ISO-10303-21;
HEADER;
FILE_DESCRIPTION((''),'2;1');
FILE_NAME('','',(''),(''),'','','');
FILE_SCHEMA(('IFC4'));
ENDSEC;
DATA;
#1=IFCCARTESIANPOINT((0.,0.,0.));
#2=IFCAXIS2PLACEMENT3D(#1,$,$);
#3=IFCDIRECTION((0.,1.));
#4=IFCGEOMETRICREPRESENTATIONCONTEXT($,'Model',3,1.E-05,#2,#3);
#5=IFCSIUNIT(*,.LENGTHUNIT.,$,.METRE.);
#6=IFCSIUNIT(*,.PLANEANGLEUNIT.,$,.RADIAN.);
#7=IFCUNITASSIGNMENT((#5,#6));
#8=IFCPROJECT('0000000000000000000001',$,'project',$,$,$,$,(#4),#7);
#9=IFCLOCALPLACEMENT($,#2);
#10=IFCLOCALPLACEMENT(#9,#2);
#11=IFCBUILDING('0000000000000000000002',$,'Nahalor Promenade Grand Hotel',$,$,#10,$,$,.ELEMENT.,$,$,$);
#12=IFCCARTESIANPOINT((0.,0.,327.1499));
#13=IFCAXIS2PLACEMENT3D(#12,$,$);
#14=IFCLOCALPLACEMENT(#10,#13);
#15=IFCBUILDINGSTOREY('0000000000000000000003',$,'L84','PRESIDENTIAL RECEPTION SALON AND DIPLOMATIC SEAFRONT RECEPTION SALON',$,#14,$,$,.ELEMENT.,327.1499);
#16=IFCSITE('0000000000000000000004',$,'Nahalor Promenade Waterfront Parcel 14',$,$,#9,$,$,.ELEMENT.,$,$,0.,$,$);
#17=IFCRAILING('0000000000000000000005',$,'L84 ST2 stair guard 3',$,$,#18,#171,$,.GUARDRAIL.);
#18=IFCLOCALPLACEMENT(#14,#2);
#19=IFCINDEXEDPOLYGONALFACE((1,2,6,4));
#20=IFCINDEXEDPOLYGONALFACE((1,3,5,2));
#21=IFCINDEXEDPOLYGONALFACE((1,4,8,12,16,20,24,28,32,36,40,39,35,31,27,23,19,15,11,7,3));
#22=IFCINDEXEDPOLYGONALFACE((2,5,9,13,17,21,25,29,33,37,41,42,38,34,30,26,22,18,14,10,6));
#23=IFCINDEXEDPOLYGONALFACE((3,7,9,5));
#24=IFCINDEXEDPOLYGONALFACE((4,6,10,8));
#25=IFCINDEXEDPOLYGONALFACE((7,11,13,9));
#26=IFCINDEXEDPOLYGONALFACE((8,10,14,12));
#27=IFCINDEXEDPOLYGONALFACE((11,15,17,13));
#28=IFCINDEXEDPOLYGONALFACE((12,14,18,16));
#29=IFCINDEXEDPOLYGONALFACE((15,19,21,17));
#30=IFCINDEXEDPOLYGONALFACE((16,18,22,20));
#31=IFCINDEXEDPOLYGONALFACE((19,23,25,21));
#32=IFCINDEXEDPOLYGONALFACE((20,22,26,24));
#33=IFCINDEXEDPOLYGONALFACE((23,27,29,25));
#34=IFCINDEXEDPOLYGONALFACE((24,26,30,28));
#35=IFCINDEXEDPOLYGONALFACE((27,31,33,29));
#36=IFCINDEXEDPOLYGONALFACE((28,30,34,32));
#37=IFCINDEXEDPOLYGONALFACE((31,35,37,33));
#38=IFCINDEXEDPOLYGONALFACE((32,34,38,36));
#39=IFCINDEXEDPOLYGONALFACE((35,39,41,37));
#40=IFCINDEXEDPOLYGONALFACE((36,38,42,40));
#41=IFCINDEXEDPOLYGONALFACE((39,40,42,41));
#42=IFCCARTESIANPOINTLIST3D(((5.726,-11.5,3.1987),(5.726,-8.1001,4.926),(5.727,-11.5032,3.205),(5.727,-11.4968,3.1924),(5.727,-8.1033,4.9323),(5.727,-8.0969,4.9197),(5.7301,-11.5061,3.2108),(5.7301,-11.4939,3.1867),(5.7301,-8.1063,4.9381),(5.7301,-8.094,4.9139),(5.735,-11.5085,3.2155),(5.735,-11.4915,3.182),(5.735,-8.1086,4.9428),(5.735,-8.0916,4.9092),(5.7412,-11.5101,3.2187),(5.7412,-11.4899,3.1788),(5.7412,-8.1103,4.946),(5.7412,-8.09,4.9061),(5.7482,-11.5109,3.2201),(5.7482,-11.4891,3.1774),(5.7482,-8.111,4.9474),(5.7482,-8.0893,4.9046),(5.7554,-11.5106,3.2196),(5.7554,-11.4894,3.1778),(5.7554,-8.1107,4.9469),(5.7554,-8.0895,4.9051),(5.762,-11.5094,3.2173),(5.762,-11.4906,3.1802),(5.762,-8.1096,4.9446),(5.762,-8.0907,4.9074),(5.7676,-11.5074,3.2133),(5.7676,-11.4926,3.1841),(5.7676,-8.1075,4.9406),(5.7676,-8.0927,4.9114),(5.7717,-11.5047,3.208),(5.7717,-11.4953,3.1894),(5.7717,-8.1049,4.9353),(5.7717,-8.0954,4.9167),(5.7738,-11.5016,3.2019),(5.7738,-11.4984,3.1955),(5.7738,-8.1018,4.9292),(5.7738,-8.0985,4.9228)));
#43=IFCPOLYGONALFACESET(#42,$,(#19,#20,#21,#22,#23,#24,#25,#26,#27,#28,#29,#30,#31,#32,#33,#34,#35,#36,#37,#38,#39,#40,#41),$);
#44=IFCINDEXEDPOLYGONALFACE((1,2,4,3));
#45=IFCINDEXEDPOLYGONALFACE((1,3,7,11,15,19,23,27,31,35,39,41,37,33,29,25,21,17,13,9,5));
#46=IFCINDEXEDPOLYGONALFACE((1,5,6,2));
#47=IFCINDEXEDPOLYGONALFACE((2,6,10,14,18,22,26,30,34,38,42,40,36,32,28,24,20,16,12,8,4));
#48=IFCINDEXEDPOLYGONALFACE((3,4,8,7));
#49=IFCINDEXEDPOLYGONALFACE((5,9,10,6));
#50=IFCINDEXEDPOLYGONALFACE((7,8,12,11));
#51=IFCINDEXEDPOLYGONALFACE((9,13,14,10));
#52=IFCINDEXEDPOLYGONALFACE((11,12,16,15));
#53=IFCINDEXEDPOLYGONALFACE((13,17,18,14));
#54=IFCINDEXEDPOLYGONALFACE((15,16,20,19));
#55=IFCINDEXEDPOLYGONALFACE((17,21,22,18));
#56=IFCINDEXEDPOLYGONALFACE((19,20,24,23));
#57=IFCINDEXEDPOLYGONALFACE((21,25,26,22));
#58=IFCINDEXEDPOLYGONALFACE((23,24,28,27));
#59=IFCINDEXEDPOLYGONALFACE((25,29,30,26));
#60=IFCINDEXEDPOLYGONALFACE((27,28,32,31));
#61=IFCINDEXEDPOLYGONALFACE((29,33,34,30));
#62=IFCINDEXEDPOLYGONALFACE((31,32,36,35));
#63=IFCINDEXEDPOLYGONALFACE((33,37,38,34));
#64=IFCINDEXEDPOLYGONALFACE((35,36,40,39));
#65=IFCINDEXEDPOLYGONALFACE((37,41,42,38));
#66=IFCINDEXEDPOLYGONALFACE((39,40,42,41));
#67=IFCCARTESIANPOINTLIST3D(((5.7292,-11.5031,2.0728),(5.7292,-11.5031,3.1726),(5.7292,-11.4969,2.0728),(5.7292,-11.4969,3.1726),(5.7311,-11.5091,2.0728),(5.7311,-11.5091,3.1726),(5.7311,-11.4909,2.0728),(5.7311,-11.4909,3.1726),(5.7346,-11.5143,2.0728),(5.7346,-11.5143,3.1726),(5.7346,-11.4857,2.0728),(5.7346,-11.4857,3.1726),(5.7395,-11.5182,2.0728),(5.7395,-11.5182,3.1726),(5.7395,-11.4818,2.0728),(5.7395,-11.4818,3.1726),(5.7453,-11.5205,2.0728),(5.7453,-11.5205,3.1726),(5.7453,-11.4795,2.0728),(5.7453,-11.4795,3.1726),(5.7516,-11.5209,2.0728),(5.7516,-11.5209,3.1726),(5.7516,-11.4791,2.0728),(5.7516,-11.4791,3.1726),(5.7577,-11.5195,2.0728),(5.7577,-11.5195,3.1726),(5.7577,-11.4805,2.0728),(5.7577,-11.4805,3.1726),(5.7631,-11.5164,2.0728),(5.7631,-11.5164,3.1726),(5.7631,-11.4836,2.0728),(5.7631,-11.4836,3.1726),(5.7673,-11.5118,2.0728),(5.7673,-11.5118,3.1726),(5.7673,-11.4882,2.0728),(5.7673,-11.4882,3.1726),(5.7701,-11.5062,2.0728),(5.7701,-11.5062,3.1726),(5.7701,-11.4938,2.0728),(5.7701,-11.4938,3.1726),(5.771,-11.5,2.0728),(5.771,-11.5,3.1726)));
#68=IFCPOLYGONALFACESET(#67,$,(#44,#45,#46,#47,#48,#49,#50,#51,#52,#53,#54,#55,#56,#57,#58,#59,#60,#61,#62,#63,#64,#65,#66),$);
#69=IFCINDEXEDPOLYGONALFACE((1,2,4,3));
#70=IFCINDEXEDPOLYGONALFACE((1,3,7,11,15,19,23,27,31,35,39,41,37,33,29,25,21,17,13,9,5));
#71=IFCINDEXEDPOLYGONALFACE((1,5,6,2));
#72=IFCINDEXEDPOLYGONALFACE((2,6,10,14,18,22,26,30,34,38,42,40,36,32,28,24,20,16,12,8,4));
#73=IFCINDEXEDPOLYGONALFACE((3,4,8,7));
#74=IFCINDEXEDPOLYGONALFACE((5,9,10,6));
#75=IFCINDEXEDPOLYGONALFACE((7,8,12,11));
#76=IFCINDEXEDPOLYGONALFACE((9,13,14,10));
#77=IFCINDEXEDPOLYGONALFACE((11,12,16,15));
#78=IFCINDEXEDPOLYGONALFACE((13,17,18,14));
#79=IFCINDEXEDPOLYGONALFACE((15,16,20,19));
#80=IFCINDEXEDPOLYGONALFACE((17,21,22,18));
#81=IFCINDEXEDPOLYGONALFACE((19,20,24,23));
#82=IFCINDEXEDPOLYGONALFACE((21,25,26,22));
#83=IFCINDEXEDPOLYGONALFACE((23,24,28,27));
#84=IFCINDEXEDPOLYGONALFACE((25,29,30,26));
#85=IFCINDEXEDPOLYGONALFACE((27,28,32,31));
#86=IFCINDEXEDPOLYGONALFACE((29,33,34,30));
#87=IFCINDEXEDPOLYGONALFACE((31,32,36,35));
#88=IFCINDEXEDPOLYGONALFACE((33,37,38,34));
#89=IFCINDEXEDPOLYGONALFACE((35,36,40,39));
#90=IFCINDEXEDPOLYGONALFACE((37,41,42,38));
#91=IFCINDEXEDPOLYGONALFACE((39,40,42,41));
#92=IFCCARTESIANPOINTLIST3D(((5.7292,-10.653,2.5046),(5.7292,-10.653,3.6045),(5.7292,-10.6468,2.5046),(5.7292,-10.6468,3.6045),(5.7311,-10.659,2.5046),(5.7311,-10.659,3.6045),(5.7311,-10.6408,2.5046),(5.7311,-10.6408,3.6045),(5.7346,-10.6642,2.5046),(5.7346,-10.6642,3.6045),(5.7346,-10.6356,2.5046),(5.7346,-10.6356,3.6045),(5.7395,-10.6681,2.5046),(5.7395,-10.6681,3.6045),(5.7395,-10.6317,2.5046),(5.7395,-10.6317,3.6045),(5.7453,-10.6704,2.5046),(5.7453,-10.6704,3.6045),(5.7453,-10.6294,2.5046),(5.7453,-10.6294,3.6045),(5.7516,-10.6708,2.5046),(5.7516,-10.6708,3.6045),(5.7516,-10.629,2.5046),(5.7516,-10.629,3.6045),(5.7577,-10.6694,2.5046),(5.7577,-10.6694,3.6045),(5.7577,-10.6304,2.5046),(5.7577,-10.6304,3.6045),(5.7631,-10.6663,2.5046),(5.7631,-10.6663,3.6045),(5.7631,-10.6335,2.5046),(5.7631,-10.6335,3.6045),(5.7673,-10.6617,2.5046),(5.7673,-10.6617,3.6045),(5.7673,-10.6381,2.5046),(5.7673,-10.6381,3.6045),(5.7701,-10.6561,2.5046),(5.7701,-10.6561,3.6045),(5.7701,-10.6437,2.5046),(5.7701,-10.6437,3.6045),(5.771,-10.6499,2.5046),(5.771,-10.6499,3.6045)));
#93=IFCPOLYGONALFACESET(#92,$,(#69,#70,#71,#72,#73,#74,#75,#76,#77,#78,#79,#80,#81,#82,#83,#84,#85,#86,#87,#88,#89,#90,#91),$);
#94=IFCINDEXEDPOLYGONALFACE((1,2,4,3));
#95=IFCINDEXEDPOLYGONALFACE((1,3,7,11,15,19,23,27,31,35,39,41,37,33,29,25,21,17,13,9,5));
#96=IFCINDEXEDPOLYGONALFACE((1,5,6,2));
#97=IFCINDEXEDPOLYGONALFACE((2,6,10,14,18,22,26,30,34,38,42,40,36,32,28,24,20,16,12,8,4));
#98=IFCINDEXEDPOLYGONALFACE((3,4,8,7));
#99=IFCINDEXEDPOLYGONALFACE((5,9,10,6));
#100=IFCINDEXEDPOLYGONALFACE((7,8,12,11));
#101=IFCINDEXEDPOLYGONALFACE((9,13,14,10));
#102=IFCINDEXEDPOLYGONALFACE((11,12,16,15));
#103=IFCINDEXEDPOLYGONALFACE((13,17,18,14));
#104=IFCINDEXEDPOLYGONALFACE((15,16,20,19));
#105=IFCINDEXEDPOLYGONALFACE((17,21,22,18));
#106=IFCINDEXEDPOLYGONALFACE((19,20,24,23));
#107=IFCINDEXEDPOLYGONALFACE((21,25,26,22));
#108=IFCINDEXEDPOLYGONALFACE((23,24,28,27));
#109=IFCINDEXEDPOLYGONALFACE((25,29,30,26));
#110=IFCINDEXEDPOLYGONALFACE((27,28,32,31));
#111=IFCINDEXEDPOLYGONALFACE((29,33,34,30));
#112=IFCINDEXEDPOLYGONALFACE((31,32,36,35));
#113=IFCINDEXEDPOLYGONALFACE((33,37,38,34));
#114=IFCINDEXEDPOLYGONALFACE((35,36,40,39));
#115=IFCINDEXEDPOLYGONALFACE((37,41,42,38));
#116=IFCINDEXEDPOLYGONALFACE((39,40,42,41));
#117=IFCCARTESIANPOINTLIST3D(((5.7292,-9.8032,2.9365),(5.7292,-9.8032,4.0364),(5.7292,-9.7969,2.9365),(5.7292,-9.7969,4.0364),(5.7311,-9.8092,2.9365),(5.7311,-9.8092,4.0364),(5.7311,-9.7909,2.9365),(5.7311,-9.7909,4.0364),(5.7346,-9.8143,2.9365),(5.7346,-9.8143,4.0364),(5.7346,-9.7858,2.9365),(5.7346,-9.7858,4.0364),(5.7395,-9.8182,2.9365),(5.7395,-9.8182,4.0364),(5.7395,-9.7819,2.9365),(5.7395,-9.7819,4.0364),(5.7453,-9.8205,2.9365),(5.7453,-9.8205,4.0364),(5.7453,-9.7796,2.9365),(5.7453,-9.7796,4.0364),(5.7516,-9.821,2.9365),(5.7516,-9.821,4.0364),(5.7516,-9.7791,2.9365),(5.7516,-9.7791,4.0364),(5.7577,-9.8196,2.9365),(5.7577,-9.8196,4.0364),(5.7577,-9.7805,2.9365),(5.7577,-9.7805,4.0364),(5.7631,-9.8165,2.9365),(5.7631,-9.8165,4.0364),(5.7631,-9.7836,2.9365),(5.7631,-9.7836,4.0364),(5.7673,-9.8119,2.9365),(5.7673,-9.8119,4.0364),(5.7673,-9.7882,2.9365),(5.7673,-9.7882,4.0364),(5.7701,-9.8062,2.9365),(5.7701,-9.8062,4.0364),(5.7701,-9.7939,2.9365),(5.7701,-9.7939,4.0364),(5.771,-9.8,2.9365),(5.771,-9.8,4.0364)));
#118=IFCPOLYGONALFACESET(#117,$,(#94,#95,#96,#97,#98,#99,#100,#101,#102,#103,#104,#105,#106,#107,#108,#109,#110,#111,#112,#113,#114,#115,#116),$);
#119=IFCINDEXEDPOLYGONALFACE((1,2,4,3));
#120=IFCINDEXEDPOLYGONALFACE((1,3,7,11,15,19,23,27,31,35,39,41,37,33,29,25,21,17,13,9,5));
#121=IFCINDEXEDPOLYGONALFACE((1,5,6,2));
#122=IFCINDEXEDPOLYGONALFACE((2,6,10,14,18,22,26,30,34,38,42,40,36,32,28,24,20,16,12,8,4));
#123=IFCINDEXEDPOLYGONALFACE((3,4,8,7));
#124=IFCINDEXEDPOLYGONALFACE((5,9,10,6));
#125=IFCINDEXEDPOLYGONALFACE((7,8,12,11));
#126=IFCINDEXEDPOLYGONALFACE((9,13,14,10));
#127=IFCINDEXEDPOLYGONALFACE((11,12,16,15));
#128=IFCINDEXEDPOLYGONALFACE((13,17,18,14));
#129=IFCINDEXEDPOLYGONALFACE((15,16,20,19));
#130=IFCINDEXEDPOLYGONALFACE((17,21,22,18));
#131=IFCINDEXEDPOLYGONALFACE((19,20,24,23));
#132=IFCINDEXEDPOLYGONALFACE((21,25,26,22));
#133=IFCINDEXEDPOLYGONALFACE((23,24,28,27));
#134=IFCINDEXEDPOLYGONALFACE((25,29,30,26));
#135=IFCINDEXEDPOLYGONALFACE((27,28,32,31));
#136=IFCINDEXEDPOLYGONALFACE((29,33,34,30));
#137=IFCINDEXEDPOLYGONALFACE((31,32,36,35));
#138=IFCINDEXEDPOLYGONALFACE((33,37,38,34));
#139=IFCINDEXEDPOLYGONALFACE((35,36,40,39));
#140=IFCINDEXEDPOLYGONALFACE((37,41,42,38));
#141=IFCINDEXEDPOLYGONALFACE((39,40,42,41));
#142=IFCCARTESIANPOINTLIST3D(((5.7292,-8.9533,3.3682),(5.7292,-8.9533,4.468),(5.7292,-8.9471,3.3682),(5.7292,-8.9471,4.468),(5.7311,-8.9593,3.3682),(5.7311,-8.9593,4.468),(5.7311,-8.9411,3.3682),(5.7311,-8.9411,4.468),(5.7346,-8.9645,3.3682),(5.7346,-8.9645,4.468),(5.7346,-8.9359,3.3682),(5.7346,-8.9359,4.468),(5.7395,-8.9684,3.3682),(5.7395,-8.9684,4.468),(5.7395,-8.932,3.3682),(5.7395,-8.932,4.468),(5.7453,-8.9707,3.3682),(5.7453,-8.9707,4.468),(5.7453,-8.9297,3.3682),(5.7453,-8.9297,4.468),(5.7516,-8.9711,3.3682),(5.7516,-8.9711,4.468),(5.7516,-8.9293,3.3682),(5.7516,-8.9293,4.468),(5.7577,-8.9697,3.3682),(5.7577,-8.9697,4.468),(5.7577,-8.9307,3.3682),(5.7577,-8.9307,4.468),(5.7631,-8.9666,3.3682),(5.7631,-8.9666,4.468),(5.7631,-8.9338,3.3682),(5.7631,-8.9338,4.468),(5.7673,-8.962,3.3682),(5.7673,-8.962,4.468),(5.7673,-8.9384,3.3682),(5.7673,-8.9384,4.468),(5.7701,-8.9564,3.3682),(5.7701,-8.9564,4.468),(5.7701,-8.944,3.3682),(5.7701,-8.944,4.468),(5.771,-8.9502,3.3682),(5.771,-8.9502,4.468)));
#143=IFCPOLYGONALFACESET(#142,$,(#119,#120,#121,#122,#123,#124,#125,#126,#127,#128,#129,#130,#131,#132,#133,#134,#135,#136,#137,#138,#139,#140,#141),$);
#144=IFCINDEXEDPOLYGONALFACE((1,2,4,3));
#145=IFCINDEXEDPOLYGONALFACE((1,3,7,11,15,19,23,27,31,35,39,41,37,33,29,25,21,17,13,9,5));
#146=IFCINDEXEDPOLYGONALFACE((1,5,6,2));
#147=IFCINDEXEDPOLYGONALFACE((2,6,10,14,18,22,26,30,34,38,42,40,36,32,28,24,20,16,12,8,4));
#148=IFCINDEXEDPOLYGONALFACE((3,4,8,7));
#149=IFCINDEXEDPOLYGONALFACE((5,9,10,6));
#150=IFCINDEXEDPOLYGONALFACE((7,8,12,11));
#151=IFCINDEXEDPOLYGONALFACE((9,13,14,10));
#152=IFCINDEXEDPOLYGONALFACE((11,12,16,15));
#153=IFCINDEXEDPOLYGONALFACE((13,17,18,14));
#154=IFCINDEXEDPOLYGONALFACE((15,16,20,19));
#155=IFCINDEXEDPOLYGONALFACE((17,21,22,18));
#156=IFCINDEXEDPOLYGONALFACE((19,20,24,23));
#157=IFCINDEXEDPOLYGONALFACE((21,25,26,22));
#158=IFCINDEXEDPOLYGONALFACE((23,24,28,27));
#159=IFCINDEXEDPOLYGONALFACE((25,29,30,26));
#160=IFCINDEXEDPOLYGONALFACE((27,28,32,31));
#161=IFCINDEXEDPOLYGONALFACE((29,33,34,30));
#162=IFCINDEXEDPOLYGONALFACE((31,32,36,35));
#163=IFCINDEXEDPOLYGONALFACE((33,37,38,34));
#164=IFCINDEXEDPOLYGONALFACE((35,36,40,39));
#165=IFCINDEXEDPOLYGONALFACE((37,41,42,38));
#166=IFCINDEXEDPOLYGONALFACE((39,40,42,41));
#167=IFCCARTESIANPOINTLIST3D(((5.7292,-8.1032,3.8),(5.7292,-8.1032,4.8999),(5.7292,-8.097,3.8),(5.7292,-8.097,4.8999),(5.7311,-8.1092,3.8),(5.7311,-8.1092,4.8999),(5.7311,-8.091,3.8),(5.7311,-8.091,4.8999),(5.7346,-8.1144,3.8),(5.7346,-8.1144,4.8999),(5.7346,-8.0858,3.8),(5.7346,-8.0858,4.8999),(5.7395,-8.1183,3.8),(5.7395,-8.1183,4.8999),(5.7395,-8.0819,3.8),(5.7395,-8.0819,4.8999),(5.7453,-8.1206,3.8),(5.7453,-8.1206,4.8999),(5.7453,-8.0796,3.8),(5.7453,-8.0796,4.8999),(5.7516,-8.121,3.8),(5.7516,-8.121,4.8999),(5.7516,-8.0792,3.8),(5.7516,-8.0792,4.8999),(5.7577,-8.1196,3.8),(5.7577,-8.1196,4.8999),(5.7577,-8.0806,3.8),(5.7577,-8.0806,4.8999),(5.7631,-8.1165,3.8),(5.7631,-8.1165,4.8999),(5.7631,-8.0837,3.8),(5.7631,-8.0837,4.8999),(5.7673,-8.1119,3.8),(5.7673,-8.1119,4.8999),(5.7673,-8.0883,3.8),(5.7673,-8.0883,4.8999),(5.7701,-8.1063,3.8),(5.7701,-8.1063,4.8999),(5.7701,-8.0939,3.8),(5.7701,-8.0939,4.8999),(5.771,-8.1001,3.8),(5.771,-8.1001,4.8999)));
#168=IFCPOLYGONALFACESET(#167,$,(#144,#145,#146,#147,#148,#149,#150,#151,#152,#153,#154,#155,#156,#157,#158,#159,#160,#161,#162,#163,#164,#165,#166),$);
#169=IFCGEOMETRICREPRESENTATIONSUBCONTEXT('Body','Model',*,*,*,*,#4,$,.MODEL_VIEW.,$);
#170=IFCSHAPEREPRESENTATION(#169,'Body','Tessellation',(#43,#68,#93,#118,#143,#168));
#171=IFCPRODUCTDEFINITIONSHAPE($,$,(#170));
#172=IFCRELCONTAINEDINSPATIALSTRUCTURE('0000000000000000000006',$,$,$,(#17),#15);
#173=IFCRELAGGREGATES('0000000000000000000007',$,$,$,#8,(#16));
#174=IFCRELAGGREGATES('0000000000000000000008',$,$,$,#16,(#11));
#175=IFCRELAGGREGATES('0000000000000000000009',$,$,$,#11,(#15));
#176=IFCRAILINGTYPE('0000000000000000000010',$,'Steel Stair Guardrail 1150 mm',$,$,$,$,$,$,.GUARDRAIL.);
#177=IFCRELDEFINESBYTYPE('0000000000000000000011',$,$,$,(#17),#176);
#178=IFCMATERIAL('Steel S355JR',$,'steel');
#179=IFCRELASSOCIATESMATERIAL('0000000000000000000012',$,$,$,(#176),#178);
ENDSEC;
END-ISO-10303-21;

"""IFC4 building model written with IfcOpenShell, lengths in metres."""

from ifc_helpers import new_model, si_unit, direction, frame, origin, origin_2d, place, context, subcontext, project, spatial, circle, extrude, material, type_object, element, save


model = new_model("IFC4")

# Units and contexts
model_context = context("Model", 3, precision=1e-05, world=origin(), true_north=direction((0.0, 1.0)))
body_context = subcontext(model_context, "Body", "Model", "MODEL_VIEW")
ifc_project = project(units=[si_unit("LENGTHUNIT", "METRE"), si_unit("PLANEANGLEUNIT", "RADIAN")], contexts=[model_context])

# Site, building, storey
site_placement = place(None, origin())
site = spatial("IfcSite", under=ifc_project, at=site_placement, Name="Nahalor Promenade Waterfront Parcel 14", CompositionType="ELEMENT", RefElevation=0.0)
building_placement = place(site_placement, origin())
building = spatial("IfcBuilding", under=site, at=building_placement, Name="Nahalor Promenade Grand Hotel", CompositionType="ELEMENT")
storey_placement = place(building_placement, frame((0.0, 0.0, 327.1499)))
storey = spatial("IfcBuildingStorey", under=building, at=storey_placement, Name="L84", Description="PRESIDENTIAL RECEPTION SALON AND DIPLOMATIC SEAFRONT RECEPTION SALON", CompositionType="ELEMENT", Elevation=327.1499)

# Shared definitions
ifc_material_1 = material(Name="Steel S355JR", Category="steel")

# Railing
railing_type_1 = type_object("IfcRailingType", Name="Steel Stair Guardrail 1150 mm", PredefinedType="GUARDRAIL", material=ifc_material_1)
railing_1_placement = place(storey_placement, frame((5.75, -11.5, 2.0728)))
element("IfcRailing", 1, at=railing_1_placement, inside=storey, type_object=railing_type_1, Name="L84 ST2 stair guard 3", PredefinedType="GUARDRAIL", context=body_context, shape_type="SweptSolid", body=[
    extrude(circle(Radius=0.024, at=origin_2d()), frame((0.0, 0.0, 1.126), z_axis=(0.0, 0.891541, 0.452941), x_axis=(-1.0, 0.0, 0.0)), (0.0, 0.0, 1.0), 3.8135),
    extrude(circle(Radius=0.021, at=origin_2d()), origin(), (0.0, 0.0, 1.0), 1.0999),
    extrude(circle(Radius=0.021, at=origin_2d()), frame((0.0, 0.8501, 0.4319)), (0.0, 0.0, 1.0), 1.0999),
    extrude(circle(Radius=0.021, at=origin_2d()), frame((0.0, 1.7, 0.8638)), (0.0, 0.0, 1.0), 1.0999),
    extrude(circle(Radius=0.021, at=origin_2d()), frame((0.0, 2.5498, 1.2954)), (0.0, 0.0, 1.0), 1.0999),
    extrude(circle(Radius=0.021, at=origin_2d()), frame((0.0, 3.3999, 1.7273)), (0.0, 0.0, 1.0), 1.0999),
])

save(model, "model.ifc")
